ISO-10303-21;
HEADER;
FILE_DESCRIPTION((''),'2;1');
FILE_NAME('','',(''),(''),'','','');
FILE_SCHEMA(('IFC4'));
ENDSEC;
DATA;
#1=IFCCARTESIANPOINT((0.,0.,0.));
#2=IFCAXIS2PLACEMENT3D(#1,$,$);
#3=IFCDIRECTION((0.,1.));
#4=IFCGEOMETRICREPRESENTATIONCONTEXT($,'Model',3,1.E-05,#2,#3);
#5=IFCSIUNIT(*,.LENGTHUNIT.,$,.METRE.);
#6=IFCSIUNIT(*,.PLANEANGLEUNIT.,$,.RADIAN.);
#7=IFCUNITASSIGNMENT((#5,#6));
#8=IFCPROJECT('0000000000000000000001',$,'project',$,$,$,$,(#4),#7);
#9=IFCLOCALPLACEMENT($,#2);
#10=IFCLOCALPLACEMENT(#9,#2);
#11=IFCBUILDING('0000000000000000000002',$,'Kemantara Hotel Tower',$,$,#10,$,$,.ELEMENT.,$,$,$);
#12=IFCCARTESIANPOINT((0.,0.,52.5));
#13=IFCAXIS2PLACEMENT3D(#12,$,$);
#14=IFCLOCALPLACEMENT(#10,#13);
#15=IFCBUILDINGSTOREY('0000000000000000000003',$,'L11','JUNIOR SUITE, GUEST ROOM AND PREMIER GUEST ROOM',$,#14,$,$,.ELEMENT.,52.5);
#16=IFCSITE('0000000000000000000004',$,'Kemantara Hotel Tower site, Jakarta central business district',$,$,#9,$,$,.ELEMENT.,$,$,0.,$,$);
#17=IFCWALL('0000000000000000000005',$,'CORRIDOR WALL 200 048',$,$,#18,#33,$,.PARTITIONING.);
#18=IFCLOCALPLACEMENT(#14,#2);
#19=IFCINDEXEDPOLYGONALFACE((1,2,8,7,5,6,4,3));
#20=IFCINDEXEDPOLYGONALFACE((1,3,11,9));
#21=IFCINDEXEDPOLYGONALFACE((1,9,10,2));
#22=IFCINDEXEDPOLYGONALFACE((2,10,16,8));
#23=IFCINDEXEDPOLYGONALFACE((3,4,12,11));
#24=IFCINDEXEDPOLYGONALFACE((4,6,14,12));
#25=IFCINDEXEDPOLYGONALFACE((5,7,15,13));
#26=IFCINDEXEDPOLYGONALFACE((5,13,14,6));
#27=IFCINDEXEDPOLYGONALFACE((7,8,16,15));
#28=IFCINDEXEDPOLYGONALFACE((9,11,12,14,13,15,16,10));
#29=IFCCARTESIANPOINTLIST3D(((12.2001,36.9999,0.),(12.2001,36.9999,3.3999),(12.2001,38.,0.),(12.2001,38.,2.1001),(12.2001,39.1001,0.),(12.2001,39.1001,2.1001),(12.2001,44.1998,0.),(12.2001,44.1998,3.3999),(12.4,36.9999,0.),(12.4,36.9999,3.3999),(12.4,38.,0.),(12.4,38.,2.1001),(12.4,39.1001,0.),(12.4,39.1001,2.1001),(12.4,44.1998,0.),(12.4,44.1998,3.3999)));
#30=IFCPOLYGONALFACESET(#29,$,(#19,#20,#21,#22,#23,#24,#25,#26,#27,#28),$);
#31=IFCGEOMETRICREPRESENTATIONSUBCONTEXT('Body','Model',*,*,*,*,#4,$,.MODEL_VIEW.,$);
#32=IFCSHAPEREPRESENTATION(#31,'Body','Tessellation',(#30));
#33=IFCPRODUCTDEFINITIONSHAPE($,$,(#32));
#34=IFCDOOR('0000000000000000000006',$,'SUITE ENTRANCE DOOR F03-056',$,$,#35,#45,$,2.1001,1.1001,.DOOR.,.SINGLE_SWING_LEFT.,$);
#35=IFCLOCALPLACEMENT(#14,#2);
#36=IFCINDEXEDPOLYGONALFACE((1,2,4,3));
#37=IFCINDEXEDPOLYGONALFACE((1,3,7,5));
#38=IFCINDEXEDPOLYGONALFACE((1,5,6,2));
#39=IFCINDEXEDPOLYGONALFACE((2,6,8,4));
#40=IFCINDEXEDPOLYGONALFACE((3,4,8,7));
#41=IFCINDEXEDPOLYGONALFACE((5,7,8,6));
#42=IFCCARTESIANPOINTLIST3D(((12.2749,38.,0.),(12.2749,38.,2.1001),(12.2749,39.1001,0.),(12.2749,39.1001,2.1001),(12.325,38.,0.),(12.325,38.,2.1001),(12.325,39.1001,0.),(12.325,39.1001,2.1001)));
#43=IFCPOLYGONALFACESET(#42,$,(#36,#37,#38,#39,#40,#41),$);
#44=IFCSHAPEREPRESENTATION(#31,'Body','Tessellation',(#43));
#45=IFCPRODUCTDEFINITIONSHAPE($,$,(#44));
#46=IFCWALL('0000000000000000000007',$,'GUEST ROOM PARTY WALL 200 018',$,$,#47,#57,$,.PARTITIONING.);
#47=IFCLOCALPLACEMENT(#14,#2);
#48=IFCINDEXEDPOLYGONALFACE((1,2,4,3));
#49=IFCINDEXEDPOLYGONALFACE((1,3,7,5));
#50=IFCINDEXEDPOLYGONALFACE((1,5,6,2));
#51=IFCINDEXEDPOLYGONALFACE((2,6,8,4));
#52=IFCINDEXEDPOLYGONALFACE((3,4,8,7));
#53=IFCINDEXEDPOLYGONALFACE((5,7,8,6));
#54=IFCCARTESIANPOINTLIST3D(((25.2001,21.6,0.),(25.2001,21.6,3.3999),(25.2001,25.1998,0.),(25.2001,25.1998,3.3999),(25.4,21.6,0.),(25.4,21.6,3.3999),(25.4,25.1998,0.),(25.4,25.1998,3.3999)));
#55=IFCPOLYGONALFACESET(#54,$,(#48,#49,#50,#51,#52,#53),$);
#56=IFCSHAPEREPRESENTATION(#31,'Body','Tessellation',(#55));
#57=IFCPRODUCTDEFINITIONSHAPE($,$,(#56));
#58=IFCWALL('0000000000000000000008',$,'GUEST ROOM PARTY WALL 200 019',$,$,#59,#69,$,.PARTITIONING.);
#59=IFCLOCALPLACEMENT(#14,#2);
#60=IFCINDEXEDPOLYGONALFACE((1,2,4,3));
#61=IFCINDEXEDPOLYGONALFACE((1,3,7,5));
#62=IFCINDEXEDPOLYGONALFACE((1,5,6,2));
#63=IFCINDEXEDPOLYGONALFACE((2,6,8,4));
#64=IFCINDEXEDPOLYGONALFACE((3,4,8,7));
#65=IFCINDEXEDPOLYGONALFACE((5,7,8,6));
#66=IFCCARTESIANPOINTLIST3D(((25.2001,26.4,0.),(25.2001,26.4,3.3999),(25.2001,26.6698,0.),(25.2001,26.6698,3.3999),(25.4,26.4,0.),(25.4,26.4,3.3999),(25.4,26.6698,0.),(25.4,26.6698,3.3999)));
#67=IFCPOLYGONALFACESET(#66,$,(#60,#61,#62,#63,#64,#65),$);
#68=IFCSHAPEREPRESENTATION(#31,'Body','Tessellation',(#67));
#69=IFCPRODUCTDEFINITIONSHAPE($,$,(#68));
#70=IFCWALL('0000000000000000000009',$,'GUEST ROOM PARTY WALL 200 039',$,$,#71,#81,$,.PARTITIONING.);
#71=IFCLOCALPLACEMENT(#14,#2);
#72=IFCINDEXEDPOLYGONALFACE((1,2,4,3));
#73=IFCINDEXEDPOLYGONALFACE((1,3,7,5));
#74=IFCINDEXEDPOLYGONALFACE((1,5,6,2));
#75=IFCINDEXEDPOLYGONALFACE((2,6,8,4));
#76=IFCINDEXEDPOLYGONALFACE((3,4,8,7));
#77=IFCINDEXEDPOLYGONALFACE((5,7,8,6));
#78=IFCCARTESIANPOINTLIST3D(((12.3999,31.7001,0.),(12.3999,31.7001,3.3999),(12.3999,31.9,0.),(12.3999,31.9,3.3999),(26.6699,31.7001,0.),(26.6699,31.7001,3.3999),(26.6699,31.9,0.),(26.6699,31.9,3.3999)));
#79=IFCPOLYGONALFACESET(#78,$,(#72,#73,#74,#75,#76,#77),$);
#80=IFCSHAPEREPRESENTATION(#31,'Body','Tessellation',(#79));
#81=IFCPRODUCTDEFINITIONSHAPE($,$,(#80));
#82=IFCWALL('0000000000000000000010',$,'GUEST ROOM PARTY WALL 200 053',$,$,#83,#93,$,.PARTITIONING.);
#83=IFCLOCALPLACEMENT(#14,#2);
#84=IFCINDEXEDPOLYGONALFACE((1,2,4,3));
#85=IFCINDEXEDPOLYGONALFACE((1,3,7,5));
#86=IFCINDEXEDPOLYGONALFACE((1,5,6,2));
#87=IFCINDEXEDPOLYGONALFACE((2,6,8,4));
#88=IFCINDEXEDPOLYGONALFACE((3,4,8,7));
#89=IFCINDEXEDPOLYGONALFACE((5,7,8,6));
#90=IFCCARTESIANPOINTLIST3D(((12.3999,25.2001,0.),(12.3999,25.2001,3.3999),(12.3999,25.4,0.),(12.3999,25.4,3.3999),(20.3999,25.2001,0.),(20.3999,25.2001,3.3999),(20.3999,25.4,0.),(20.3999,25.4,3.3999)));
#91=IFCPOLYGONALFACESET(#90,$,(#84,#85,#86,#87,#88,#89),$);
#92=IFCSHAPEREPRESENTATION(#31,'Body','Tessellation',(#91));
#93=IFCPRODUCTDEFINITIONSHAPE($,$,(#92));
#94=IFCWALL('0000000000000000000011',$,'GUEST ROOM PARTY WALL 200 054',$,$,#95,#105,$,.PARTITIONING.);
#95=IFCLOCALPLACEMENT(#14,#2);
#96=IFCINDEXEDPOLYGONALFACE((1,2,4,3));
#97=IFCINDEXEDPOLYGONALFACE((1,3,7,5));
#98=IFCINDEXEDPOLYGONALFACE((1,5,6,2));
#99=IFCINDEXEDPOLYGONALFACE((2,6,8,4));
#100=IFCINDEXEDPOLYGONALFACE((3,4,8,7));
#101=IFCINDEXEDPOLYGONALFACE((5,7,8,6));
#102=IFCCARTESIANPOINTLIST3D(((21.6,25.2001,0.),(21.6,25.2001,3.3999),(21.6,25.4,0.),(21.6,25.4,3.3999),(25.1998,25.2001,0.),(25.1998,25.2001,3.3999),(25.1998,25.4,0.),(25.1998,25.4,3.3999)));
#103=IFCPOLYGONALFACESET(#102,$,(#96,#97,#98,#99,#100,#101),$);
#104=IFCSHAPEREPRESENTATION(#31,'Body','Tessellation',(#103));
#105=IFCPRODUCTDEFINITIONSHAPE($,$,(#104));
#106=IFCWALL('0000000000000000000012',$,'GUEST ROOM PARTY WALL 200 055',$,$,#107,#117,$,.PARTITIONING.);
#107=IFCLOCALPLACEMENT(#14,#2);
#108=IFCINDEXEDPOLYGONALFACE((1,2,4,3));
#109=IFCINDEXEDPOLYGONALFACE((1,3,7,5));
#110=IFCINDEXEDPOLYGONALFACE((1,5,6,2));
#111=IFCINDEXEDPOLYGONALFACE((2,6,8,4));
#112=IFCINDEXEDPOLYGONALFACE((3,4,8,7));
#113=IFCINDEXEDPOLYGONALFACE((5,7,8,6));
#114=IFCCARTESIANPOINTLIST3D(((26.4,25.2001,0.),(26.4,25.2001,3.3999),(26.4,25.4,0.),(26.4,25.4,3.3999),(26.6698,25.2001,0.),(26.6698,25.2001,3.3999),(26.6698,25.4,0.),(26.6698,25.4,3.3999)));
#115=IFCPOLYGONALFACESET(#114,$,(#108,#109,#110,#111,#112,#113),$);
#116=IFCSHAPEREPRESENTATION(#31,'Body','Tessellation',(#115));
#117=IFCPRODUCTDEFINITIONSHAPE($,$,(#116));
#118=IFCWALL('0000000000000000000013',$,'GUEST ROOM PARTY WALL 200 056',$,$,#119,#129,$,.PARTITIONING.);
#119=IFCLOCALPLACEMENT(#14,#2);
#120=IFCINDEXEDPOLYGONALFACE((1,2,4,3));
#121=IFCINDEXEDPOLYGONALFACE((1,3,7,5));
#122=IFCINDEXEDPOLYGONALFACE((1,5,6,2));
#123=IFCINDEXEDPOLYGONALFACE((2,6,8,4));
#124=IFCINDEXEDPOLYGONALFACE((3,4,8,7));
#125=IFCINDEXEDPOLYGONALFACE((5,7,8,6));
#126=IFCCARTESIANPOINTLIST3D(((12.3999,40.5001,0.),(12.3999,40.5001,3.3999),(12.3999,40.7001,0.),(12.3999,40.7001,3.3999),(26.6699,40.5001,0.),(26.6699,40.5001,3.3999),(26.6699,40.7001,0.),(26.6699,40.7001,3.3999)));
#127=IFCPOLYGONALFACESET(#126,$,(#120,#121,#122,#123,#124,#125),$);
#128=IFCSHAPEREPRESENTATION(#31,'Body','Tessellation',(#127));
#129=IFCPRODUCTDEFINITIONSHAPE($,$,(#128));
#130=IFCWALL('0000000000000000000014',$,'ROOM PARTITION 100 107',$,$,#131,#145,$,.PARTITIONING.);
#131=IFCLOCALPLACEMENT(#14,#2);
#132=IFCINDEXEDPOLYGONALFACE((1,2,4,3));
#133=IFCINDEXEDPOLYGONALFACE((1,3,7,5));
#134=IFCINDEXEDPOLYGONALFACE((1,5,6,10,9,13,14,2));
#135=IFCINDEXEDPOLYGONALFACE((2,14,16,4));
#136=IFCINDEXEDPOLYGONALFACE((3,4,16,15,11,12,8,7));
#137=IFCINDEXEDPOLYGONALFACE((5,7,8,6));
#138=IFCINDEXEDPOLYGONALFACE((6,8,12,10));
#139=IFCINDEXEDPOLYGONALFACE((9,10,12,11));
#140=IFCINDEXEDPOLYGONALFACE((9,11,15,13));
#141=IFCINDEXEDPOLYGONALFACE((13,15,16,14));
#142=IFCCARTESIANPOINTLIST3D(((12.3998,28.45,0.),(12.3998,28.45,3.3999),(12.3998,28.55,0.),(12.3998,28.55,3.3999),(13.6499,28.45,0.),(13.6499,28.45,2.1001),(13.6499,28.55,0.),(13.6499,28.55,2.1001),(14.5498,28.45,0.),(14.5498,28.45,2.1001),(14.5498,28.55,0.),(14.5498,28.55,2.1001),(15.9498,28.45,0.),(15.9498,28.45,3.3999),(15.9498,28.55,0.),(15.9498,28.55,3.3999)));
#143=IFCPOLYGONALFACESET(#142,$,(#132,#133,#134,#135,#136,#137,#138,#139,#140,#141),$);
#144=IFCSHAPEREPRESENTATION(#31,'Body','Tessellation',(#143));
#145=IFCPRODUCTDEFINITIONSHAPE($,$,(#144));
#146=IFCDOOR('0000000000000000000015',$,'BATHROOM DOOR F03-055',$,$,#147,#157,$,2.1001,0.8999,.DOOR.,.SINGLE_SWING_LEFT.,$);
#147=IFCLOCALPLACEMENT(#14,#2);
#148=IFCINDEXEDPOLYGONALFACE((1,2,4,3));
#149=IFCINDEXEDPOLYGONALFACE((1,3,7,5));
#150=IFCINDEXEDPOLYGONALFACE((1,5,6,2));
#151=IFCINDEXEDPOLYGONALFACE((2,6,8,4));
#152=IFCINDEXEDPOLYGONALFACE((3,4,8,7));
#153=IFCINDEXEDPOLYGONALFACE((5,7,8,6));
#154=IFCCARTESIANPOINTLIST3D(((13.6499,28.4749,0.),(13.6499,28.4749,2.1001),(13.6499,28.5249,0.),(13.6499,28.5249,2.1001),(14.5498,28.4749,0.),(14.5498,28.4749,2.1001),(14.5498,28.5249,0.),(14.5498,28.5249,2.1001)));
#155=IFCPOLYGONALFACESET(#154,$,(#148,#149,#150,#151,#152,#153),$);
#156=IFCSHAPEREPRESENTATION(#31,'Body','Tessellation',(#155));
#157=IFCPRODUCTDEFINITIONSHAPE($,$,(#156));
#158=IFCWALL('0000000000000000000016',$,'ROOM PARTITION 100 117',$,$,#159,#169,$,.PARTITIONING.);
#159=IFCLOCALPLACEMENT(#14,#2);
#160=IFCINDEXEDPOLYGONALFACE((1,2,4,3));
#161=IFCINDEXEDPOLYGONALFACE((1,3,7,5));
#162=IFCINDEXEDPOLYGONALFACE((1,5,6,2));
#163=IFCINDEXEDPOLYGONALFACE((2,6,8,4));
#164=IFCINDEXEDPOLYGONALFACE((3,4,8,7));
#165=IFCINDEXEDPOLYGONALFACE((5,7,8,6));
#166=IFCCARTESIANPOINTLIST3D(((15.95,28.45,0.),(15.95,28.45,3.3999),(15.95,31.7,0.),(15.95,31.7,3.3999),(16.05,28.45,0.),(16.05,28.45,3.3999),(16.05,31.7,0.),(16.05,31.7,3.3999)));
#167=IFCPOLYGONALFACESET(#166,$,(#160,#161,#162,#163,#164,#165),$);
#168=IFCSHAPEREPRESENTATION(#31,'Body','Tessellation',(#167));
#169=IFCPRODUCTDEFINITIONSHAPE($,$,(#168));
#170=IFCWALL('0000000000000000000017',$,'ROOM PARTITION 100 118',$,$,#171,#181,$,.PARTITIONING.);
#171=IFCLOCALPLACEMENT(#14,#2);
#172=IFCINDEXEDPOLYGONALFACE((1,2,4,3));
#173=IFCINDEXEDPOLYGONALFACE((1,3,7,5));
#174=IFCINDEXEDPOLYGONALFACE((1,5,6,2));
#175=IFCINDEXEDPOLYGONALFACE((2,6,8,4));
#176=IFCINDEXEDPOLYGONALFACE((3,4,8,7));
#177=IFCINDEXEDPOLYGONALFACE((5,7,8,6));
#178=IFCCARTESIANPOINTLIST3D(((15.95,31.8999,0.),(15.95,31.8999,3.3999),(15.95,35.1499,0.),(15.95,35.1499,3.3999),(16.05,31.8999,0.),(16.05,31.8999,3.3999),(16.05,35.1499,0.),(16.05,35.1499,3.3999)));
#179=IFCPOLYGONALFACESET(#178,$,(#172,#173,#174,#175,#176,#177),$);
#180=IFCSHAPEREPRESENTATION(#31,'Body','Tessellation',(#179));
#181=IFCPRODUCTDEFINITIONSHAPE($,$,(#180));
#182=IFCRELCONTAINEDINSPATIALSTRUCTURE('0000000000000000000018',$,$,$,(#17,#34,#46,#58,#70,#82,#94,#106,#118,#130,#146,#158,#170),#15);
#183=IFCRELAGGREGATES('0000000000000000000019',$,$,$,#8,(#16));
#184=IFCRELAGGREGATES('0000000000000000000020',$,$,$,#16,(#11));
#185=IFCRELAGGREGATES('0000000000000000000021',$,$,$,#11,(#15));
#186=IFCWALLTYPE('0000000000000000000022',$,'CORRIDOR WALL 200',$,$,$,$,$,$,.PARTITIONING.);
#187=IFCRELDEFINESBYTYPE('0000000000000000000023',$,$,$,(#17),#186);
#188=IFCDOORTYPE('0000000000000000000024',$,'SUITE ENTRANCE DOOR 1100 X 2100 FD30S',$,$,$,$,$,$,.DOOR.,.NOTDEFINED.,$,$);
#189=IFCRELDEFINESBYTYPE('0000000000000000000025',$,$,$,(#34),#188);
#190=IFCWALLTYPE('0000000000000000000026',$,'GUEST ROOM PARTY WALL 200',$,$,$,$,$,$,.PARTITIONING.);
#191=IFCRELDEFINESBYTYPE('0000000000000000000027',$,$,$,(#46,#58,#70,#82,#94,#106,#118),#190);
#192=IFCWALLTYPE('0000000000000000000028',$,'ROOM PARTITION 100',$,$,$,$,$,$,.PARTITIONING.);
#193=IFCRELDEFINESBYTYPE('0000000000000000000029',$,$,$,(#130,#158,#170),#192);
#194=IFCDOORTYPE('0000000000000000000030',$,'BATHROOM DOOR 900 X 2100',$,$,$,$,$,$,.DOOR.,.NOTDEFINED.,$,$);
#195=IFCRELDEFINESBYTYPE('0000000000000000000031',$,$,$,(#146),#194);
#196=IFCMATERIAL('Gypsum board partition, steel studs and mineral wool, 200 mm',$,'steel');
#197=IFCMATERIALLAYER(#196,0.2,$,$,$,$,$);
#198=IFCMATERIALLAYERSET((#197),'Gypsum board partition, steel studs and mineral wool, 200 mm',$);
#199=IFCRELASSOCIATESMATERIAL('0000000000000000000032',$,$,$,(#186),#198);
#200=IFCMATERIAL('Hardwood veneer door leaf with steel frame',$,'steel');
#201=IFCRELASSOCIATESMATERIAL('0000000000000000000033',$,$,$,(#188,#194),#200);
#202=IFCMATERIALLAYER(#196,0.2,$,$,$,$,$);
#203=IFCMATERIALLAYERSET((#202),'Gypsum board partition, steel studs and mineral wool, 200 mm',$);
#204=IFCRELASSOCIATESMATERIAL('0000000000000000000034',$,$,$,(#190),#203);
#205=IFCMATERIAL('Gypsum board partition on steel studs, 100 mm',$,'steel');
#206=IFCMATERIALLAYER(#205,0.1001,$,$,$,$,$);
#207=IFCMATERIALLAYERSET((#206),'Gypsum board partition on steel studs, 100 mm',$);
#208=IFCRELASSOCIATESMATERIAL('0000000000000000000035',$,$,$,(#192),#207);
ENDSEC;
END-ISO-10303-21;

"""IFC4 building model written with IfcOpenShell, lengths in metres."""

from ifc_helpers import new_model, si_unit, direction, frame, frame_2d, origin, place, context, subcontext, project, spatial, rectangle, extrude, material, layer, layer_set, type_object, element, fill, save


model = new_model("IFC4")

# Units and contexts
model_context = context("Model", 3, precision=1e-05, world=origin(), true_north=direction((0.0, 1.0)))
body_context = subcontext(model_context, "Body", "Model", "MODEL_VIEW")
ifc_project = project(units=[si_unit("LENGTHUNIT", "METRE"), si_unit("PLANEANGLEUNIT", "RADIAN")], contexts=[model_context])

# Site, building, storey
site_placement = place(None, origin())
site = spatial("IfcSite", under=ifc_project, at=site_placement, Name="Kemantara Hotel Tower site, Jakarta central business district", CompositionType="ELEMENT", RefElevation=0.0)
building_placement = place(site_placement, origin())
building = spatial("IfcBuilding", under=site, at=building_placement, Name="Kemantara Hotel Tower", CompositionType="ELEMENT")
storey_placement = place(building_placement, frame((0.0, 0.0, 52.5)))
storey = spatial("IfcBuildingStorey", under=building, at=storey_placement, Name="L11", Description="JUNIOR SUITE, GUEST ROOM AND PREMIER GUEST ROOM", CompositionType="ELEMENT", Elevation=52.5)

# Shared definitions
ifc_material_1 = material(Name="Gypsum board partition, steel studs and mineral wool, 200 mm", Category="steel")
ifc_layer_1 = layer(ifc_material_1, 0.2)
ifc_layer_set_1 = layer_set([ifc_layer_1], Name="Gypsum board partition, steel studs and mineral wool, 200 mm")
wall_type_1 = type_object("IfcWallType", Name="CORRIDOR WALL 200", PredefinedType="PARTITIONING", material=ifc_layer_set_1)
ifc_material_2 = material(Name="Hardwood veneer door leaf with steel frame", Category="steel")
door_type_1 = type_object("IfcDoorType", Name="SUITE ENTRANCE DOOR 1100 X 2100 FD30S", OperationType="NOTDEFINED", PredefinedType="DOOR", material=ifc_material_2)

# Wall, opening, door
wall_1_placement = place(storey_placement, frame((12.3, 44.2, 0.0), z_axis=(0.0, 0.0, 1.0), x_axis=(0.0, -1.0, 0.0)))
wall_1 = element("IfcWall", 1, at=wall_1_placement, inside=storey, type_object=wall_type_1, Name="CORRIDOR WALL 200 048", PredefinedType="PARTITIONING", context=body_context, shape_type="SweptSolid", body=[
    extrude(rectangle(XDim=7.2, YDim=0.2, at=frame_2d((3.6001, 0.0))), origin(), (0.0, 0.0, 1.0), 3.3999),
])
opening_1_placement = place(wall_1_placement, frame((5.0999, 0.0, 0.0)))
opening_1 = element("IfcOpeningElement", 2, at=opening_1_placement, cuts=wall_1, PredefinedType="OPENING", context=body_context, shape_type="SweptSolid", body=[
    extrude(rectangle(XDim=1.1001, YDim=2.1001, at=frame_2d((0.55, 1.05))), frame((0.0, 0.1099, 0.0), z_axis=(0.0, -1.0, 0.0), x_axis=(1.0, 0.0, 0.0)), (0.0, 0.0, 1.0), 0.22),
])
door_1_placement = place(opening_1_placement, origin())
door_1 = element("IfcDoor", 3, at=door_1_placement, inside=storey, type_object=door_type_1, Name="SUITE ENTRANCE DOOR F03-056", OperationType="SINGLE_SWING_LEFT", OverallHeight=2.1001, OverallWidth=1.1001, PredefinedType="DOOR", context=body_context, shape_type="SweptSolid", body=[
    extrude(rectangle(XDim=1.1001, YDim=2.1001, at=frame_2d((0.55, 1.05))), frame((0.0, 0.0249, 0.0), z_axis=(0.0, -1.0, 0.0), x_axis=(1.0, 0.0, 0.0)), (0.0, 0.0, 1.0), 0.05),
])
fill(opening_1, door_1)

# Walls
ifc_layer_2 = layer(ifc_material_1, 0.2)
ifc_layer_set_2 = layer_set([ifc_layer_2], Name="Gypsum board partition, steel studs and mineral wool, 200 mm")
wall_type_2 = type_object("IfcWallType", Name="GUEST ROOM PARTY WALL 200", PredefinedType="PARTITIONING", material=ifc_layer_set_2)
wall_2_placement = place(storey_placement, frame((25.3, 21.6001, 0.0), z_axis=(0.0, 0.0, 1.0), x_axis=(0.0, 1.0, 0.0)))
element("IfcWall", 4, at=wall_2_placement, inside=storey, type_object=wall_type_2, Name="GUEST ROOM PARTY WALL 200 018", PredefinedType="PARTITIONING", context=body_context, shape_type="SweptSolid", body=[
    extrude(rectangle(XDim=3.5999, YDim=0.2, at=frame_2d((1.7998, 0.0))), origin(), (0.0, 0.0, 1.0), 3.3999),
])
wall_3_placement = place(storey_placement, frame((25.3, 26.4001, 0.0), z_axis=(0.0, 0.0, 1.0), x_axis=(0.0, 1.0, 0.0)))
element("IfcWall", 5, at=wall_3_placement, inside=storey, type_object=wall_type_2, Name="GUEST ROOM PARTY WALL 200 019", PredefinedType="PARTITIONING", context=body_context, shape_type="SweptSolid", body=[
    extrude(rectangle(XDim=0.2698, YDim=0.2, at=frame_2d((0.1348, 0.0))), origin(), (0.0, 0.0, 1.0), 3.3999),
])
wall_4_placement = place(storey_placement, frame((12.3999, 31.8, 0.0), z_axis=(0.0, 0.0, 1.0), x_axis=(1.0, 0.0, 0.0)))
element("IfcWall", 6, at=wall_4_placement, inside=storey, type_object=wall_type_2, Name="GUEST ROOM PARTY WALL 200 039", PredefinedType="PARTITIONING", context=body_context, shape_type="SweptSolid", body=[
    extrude(rectangle(XDim=14.27, YDim=0.2, at=frame_2d((7.135, 0.0))), origin(), (0.0, 0.0, 1.0), 3.3999),
])
wall_5_placement = place(storey_placement, frame((12.3999, 25.3, 0.0), z_axis=(0.0, 0.0, 1.0), x_axis=(1.0, 0.0, 0.0)))
element("IfcWall", 7, at=wall_5_placement, inside=storey, type_object=wall_type_2, Name="GUEST ROOM PARTY WALL 200 053", PredefinedType="PARTITIONING", context=body_context, shape_type="SweptSolid", body=[
    extrude(rectangle(XDim=8.0, YDim=0.2, at=frame_2d((4.0, 0.0))), origin(), (0.0, 0.0, 1.0), 3.3999),
])
wall_6_placement = place(storey_placement, frame((21.6001, 25.3, 0.0), z_axis=(0.0, 0.0, 1.0), x_axis=(1.0, 0.0, 0.0)))
element("IfcWall", 8, at=wall_6_placement, inside=storey, type_object=wall_type_2, Name="GUEST ROOM PARTY WALL 200 054", PredefinedType="PARTITIONING", context=body_context, shape_type="SweptSolid", body=[
    extrude(rectangle(XDim=3.5999, YDim=0.2, at=frame_2d((1.7998, 0.0))), origin(), (0.0, 0.0, 1.0), 3.3999),
])
wall_7_placement = place(storey_placement, frame((26.4001, 25.3, 0.0), z_axis=(0.0, 0.0, 1.0), x_axis=(1.0, 0.0, 0.0)))
element("IfcWall", 9, at=wall_7_placement, inside=storey, type_object=wall_type_2, Name="GUEST ROOM PARTY WALL 200 055", PredefinedType="PARTITIONING", context=body_context, shape_type="SweptSolid", body=[
    extrude(rectangle(XDim=0.2698, YDim=0.2, at=frame_2d((0.1348, 0.0))), origin(), (0.0, 0.0, 1.0), 3.3999),
])
wall_8_placement = place(storey_placement, frame((12.3999, 40.6001, 0.0), z_axis=(0.0, 0.0, 1.0), x_axis=(1.0, 0.0, 0.0)))
element("IfcWall", 10, at=wall_8_placement, inside=storey, type_object=wall_type_2, Name="GUEST ROOM PARTY WALL 200 056", PredefinedType="PARTITIONING", context=body_context, shape_type="SweptSolid", body=[
    extrude(rectangle(XDim=14.27, YDim=0.2, at=frame_2d((7.135, 0.0))), origin(), (0.0, 0.0, 1.0), 3.3999),
])

# Wall, opening, door
ifc_material_3 = material(Name="Gypsum board partition on steel studs, 100 mm", Category="steel")
ifc_layer_3 = layer(ifc_material_3, 0.1001)
ifc_layer_set_3 = layer_set([ifc_layer_3], Name="Gypsum board partition on steel studs, 100 mm")
wall_type_3 = type_object("IfcWallType", Name="ROOM PARTITION 100", PredefinedType="PARTITIONING", material=ifc_layer_set_3)
wall_9_placement = place(storey_placement, frame((12.3999, 28.5, 0.0), z_axis=(0.0, 0.0, 1.0), x_axis=(1.0, 0.0, 0.0)))
wall_9 = element("IfcWall", 11, at=wall_9_placement, inside=storey, type_object=wall_type_3, Name="ROOM PARTITION 100 107", PredefinedType="PARTITIONING", context=body_context, shape_type="SweptSolid", body=[
    extrude(rectangle(XDim=3.55, YDim=0.1001, at=frame_2d((1.7749, 0.0))), origin(), (0.0, 0.0, 1.0), 3.3999),
])
opening_2_placement = place(wall_9_placement, frame((1.25, 0.0, 0.0)))
opening_2 = element("IfcOpeningElement", 12, at=opening_2_placement, cuts=wall_9, PredefinedType="OPENING", context=body_context, shape_type="SweptSolid", body=[
    extrude(rectangle(XDim=0.8999, YDim=2.1001, at=frame_2d((0.45, 1.05))), frame((0.0, 0.0601, 0.0), z_axis=(0.0, -1.0, 0.0), x_axis=(1.0, 0.0, 0.0)), (0.0, 0.0, 1.0), 0.1201),
])
door_type_2 = type_object("IfcDoorType", Name="BATHROOM DOOR 900 X 2100", OperationType="NOTDEFINED", PredefinedType="DOOR", material=ifc_material_2)
door_2_placement = place(opening_2_placement, origin())
door_2 = element("IfcDoor", 13, at=door_2_placement, inside=storey, type_object=door_type_2, Name="BATHROOM DOOR F03-055", OperationType="SINGLE_SWING_LEFT", OverallHeight=2.1001, OverallWidth=0.8999, PredefinedType="DOOR", context=body_context, shape_type="SweptSolid", body=[
    extrude(rectangle(XDim=0.8999, YDim=2.1001, at=frame_2d((0.45, 1.05))), frame((0.0, 0.0249, 0.0), z_axis=(0.0, -1.0, 0.0), x_axis=(1.0, 0.0, 0.0)), (0.0, 0.0, 1.0), 0.05),
])
fill(opening_2, door_2)

# Walls
for number, where, z_axis, x_axis, name in (
    (14, (16.0, 28.45, 0.0), (0.0, 0.0, 1.0), (0.0, 1.0, 0.0), "ROOM PARTITION 100 117"),
    (15, (16.0, 31.8999, 0.0), (0.0, 0.0, 1.0), (0.0, 1.0, 0.0), "ROOM PARTITION 100 118"),
):
    element("IfcWall", number, at=place(storey_placement, frame(where, z_axis=z_axis, x_axis=x_axis)), inside=storey, type_object=wall_type_3, Name=name, PredefinedType="PARTITIONING", context=body_context, shape_type="SweptSolid", body=[
        extrude(rectangle(XDim=3.25, YDim=0.1001, at=frame_2d((1.625, 0.0))), origin(), (0.0, 0.0, 1.0), 3.3999),
    ])

save(model, "model.ifc")
